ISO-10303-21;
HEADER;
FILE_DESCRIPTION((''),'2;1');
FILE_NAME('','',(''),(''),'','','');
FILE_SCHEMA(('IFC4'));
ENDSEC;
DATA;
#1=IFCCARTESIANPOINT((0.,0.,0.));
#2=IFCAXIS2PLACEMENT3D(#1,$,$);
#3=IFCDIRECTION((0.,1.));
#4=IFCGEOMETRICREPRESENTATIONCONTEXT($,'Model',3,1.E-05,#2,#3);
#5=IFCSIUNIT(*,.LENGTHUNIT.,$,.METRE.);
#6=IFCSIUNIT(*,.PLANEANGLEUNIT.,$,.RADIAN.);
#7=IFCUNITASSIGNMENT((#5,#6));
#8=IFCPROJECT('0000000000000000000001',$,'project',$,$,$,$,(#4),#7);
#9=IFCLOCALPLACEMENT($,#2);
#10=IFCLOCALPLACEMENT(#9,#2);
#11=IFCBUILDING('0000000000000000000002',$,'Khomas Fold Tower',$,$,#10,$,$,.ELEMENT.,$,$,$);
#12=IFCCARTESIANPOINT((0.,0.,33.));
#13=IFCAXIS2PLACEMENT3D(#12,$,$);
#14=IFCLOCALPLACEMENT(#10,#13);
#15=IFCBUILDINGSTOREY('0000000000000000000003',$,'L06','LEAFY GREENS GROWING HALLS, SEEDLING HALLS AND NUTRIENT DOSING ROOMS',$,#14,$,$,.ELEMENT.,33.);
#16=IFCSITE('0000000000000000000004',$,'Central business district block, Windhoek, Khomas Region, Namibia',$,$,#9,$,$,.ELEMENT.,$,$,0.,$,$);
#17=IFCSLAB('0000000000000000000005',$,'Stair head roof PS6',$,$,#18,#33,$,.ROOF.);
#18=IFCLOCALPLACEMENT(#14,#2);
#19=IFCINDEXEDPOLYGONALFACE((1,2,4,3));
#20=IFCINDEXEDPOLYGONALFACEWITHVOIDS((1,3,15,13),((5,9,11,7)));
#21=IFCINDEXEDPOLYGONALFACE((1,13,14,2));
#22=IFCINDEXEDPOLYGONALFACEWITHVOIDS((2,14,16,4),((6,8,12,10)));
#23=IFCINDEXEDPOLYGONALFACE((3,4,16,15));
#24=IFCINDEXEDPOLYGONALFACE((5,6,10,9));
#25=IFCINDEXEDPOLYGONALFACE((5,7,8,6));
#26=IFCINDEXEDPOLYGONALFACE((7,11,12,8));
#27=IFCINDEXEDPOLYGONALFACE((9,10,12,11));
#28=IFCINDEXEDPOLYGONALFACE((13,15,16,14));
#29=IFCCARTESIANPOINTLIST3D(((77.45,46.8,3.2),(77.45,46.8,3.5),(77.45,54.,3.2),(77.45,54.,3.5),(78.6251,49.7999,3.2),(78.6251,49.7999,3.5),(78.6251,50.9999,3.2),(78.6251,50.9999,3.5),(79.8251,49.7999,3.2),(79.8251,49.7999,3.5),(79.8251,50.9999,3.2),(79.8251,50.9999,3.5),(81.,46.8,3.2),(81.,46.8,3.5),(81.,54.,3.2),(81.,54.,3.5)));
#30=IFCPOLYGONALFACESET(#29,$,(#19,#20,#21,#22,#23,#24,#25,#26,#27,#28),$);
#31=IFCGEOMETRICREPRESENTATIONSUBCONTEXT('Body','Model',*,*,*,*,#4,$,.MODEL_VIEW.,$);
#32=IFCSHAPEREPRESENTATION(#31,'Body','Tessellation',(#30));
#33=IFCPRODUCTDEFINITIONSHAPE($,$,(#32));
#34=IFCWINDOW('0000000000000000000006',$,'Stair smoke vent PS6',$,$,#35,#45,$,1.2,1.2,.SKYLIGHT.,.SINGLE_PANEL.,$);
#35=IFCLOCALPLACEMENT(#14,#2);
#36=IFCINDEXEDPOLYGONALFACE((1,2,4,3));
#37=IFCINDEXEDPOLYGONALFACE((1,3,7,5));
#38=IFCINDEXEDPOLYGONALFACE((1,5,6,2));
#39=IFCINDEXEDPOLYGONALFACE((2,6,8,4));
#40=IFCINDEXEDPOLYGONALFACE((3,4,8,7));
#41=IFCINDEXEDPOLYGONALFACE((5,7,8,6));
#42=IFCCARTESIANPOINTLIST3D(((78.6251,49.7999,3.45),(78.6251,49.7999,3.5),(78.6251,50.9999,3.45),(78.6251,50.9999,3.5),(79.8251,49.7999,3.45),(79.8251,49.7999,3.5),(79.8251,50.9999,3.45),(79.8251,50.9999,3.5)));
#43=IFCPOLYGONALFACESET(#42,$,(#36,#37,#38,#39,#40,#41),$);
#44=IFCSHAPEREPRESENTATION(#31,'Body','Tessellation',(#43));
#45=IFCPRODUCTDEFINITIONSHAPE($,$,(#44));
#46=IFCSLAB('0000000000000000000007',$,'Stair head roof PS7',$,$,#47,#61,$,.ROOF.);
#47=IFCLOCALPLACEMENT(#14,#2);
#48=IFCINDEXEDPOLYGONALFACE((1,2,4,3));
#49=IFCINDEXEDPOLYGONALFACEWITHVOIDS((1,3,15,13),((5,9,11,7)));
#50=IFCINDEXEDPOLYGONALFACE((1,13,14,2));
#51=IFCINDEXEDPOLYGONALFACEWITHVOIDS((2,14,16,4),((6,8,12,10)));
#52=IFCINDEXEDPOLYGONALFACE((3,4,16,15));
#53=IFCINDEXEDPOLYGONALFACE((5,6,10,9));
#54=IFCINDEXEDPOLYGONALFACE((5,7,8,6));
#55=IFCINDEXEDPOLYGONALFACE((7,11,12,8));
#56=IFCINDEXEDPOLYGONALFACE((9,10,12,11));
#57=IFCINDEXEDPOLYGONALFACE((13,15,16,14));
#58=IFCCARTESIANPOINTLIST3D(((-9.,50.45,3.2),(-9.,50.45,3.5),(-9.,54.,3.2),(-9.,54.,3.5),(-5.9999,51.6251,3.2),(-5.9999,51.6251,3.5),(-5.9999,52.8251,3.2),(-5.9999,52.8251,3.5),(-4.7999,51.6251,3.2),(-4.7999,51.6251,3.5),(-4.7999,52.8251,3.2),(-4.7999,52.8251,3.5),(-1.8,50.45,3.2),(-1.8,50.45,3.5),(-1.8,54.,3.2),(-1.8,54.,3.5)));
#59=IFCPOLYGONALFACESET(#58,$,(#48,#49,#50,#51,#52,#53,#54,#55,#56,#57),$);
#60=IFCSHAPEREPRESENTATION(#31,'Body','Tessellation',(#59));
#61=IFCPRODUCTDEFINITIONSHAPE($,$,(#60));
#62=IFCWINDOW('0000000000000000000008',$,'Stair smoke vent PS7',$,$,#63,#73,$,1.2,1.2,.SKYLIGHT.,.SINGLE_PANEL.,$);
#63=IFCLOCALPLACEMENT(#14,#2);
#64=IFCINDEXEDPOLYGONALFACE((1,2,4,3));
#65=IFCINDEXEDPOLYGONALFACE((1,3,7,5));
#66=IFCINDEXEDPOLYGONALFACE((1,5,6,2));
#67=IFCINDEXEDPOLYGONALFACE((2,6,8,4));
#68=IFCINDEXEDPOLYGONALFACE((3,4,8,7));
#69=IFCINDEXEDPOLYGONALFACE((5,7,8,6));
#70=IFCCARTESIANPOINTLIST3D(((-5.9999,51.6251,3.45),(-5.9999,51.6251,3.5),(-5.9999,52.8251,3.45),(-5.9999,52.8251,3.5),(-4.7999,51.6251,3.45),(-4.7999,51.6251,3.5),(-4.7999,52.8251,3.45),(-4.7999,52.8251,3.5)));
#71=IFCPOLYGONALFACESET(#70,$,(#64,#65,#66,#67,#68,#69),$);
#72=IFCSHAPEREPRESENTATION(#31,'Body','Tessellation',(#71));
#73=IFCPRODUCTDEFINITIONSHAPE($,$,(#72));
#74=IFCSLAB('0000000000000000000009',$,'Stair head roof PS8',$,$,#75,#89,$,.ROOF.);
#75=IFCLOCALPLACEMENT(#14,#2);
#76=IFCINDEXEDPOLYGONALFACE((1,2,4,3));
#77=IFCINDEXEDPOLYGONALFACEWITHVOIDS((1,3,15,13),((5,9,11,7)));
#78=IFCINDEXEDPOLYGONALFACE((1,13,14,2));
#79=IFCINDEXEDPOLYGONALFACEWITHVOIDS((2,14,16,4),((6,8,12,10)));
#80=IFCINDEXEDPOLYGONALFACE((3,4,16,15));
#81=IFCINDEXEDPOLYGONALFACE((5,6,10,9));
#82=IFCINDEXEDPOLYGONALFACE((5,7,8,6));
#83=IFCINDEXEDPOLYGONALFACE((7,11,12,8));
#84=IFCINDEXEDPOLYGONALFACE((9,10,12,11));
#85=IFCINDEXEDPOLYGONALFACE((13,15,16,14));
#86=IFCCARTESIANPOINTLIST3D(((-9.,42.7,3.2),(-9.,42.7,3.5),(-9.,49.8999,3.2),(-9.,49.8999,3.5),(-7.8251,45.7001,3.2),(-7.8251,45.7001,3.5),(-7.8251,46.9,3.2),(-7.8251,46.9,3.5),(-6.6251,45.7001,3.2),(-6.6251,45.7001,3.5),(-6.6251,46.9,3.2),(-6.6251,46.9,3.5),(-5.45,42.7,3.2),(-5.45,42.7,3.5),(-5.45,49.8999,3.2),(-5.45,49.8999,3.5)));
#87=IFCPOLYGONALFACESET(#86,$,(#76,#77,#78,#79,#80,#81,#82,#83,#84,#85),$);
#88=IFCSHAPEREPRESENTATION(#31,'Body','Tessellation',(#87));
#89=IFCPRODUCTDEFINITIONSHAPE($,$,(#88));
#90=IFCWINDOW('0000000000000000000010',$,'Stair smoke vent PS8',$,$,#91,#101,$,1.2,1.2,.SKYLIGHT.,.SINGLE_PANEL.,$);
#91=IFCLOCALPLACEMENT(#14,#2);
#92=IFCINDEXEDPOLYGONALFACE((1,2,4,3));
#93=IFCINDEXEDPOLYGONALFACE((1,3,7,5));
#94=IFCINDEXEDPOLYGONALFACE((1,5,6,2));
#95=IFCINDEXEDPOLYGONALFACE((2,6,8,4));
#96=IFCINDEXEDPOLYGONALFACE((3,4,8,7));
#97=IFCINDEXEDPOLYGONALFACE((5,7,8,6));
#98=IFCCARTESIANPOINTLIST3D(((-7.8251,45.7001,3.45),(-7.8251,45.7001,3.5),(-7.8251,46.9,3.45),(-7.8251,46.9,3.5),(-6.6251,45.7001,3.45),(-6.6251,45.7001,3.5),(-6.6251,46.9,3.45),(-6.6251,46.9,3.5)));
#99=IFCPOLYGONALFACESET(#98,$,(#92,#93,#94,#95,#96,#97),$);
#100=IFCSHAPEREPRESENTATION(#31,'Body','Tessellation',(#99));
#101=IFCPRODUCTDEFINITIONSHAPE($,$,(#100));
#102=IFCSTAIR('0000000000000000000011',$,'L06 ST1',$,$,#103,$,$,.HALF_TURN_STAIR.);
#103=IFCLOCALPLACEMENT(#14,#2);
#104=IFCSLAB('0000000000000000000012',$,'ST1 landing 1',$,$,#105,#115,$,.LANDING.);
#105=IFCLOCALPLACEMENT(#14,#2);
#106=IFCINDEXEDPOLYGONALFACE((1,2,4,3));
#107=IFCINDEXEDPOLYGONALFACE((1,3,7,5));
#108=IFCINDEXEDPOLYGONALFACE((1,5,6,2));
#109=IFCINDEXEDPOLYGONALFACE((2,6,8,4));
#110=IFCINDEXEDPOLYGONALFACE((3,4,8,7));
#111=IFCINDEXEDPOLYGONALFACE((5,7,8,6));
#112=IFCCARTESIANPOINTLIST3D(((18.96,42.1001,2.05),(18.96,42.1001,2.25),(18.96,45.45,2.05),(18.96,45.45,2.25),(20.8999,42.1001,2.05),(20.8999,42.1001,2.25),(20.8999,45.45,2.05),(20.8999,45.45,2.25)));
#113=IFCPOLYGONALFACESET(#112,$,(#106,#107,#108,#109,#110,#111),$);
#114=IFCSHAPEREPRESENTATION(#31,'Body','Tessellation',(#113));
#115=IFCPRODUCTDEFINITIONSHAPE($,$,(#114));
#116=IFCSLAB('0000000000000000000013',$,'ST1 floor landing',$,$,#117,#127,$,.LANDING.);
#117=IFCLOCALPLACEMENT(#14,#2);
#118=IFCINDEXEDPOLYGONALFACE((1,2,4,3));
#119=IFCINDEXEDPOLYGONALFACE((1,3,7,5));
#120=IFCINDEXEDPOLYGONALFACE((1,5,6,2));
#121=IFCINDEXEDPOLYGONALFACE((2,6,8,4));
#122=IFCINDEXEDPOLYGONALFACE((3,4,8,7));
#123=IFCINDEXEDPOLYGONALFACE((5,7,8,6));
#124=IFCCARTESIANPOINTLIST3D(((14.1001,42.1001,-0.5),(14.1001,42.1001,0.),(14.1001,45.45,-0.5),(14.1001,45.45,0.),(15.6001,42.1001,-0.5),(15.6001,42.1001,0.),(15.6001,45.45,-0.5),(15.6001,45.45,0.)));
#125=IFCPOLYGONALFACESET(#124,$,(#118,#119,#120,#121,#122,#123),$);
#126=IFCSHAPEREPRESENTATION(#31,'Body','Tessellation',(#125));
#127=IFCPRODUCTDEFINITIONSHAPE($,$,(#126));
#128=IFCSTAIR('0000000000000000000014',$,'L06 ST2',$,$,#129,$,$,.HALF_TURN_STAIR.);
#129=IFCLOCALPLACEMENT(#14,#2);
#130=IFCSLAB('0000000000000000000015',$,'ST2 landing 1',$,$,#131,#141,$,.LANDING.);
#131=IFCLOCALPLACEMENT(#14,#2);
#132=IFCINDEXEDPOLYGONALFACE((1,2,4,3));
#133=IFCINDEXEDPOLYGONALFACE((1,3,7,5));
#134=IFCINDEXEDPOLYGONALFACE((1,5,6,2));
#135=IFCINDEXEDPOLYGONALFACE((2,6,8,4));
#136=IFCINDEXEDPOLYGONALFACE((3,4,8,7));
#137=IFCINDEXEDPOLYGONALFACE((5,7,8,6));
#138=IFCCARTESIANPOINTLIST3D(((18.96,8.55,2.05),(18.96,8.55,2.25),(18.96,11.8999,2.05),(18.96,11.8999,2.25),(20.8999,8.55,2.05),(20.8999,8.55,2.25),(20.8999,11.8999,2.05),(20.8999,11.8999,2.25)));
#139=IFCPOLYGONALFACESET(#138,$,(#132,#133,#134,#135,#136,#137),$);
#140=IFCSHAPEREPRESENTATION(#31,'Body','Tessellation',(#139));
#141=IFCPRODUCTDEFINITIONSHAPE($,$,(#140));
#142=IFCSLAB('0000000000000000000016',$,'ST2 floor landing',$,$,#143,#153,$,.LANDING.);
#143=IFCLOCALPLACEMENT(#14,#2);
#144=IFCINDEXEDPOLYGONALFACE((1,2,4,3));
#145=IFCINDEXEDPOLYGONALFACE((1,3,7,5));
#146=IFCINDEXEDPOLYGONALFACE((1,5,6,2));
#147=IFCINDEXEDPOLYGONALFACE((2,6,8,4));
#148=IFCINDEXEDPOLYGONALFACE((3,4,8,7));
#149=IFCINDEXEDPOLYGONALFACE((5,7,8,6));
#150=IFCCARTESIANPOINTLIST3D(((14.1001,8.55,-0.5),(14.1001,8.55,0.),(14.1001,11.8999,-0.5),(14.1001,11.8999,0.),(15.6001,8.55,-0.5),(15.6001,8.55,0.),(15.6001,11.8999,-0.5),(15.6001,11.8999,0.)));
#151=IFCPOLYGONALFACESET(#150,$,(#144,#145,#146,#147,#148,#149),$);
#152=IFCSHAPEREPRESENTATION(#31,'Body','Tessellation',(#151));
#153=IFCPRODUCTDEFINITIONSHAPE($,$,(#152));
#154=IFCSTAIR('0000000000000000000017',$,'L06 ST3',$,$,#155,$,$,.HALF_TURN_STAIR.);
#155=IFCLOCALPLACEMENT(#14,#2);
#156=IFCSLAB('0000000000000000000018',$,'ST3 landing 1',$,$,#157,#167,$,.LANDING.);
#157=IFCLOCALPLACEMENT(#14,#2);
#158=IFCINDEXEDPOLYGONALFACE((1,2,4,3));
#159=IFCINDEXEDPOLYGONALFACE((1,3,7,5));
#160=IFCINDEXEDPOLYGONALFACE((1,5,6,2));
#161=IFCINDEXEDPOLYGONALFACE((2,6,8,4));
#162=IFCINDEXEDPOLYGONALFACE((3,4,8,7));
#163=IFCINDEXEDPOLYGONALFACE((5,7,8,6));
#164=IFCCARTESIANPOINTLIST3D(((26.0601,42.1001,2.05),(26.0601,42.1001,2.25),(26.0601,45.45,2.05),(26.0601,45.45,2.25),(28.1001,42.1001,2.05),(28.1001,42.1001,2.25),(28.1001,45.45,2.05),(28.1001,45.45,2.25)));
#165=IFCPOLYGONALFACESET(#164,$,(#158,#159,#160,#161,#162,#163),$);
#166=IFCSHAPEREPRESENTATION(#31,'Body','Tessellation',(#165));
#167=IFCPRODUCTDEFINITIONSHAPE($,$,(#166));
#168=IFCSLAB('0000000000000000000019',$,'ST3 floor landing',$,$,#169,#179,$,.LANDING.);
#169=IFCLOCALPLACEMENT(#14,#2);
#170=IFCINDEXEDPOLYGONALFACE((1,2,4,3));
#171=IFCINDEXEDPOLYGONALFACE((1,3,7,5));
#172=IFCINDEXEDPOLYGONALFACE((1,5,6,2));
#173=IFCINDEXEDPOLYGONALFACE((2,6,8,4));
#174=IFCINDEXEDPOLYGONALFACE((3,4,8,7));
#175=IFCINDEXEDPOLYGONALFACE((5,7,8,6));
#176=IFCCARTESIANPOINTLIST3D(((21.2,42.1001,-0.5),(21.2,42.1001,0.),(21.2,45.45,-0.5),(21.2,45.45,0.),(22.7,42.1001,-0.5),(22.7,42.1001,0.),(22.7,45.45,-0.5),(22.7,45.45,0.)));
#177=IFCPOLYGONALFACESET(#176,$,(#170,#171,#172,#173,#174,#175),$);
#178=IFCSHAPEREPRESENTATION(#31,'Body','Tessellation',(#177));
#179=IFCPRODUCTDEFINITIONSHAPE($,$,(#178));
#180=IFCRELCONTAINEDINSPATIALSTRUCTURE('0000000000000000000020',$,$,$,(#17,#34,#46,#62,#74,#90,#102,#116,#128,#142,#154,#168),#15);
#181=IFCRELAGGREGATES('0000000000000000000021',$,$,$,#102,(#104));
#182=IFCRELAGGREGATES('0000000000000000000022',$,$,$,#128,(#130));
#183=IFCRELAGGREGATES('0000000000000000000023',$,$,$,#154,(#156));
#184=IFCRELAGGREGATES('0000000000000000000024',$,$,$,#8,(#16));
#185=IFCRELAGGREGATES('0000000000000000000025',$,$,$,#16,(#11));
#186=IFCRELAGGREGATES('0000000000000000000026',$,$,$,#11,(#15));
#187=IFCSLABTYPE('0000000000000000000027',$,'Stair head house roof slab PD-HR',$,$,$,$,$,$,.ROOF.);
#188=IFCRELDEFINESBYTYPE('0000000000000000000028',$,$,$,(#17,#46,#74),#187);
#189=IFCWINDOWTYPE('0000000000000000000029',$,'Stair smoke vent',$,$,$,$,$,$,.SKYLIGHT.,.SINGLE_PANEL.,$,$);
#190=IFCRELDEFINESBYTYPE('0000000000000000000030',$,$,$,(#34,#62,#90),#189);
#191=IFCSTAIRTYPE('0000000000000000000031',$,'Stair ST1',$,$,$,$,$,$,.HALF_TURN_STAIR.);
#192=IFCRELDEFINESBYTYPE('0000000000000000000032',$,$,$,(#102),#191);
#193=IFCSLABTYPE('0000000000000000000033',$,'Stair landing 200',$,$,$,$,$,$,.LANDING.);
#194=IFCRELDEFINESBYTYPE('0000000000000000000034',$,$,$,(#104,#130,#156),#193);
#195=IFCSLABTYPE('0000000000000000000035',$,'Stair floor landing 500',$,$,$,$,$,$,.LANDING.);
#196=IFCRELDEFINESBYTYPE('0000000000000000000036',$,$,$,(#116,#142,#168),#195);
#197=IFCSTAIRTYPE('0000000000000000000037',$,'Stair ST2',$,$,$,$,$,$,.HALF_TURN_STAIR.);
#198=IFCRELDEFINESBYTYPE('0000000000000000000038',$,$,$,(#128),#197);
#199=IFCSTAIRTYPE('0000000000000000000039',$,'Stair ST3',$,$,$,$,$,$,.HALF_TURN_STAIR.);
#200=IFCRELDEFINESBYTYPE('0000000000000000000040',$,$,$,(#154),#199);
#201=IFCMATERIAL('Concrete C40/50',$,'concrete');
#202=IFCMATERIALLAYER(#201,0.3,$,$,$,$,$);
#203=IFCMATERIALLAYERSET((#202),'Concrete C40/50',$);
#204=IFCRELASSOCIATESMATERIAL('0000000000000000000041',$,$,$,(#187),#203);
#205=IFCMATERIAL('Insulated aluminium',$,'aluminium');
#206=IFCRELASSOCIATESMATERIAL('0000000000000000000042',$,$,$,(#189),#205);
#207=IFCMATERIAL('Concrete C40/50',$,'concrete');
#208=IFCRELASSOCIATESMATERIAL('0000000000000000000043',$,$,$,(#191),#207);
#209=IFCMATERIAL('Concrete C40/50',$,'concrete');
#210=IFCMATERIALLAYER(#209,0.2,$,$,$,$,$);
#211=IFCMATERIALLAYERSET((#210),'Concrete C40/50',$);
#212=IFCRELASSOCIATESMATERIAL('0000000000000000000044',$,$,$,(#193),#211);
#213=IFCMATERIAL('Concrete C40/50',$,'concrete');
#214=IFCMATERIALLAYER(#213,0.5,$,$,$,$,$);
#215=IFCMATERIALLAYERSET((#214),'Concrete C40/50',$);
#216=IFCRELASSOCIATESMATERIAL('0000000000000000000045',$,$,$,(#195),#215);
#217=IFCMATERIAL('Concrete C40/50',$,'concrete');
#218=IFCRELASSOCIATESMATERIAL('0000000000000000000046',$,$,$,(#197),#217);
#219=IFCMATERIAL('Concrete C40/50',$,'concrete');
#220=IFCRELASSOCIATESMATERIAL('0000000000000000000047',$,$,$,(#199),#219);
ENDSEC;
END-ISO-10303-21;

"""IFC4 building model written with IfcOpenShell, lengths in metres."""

from ifc_helpers import new_model, si_unit, direction, frame, origin, origin_2d, place, context, subcontext, project, spatial, polyline, rectangle, outline, extrude, source, transform, mapped, material, layer, layer_set, type_object, element, fill, aggregate, save


model = new_model("IFC4")

# Units and contexts
model_context = context("Model", 3, precision=1e-05, world=origin(), true_north=direction((0.0, 1.0)))
body_context = subcontext(model_context, "Body", "Model", "MODEL_VIEW")
ifc_project = project(units=[si_unit("LENGTHUNIT", "METRE"), si_unit("PLANEANGLEUNIT", "RADIAN")], contexts=[model_context])

# Site, building, storey
site_placement = place(None, origin())
site = spatial("IfcSite", under=ifc_project, at=site_placement, Name="Central business district block, Windhoek, Khomas Region, Namibia", CompositionType="ELEMENT", RefElevation=0.0)
building_placement = place(site_placement, origin())
building = spatial("IfcBuilding", under=site, at=building_placement, Name="Khomas Fold Tower", CompositionType="ELEMENT")
storey_placement = place(building_placement, frame((0.0, 0.0, 33.0)))
storey = spatial("IfcBuildingStorey", under=building, at=storey_placement, Name="L06", Description="LEAFY GREENS GROWING HALLS, SEEDLING HALLS AND NUTRIENT DOSING ROOMS", CompositionType="ELEMENT", Elevation=33.0)

# Slabs, openings, windows
ifc_material_1 = material(Name="Concrete C40/50", Category="concrete")
ifc_layer_1 = layer(ifc_material_1, 0.3)
ifc_layer_set_1 = layer_set([ifc_layer_1], Name="Concrete C40/50")
slab_type_1 = type_object("IfcSlabType", Name="Stair head house roof slab PD-HR", PredefinedType="ROOF", material=ifc_layer_set_1)
shared_shape_1 = source(origin(), body_context, "Body", "SweptSolid", [
    extrude(outline(polyline([(77.45, 46.8), (81.0, 46.8), (81.0, 54.0), (77.45, 54.0), (77.45, 46.8)])), origin(), (0.0, 0.0, 1.0), 0.3),
])
slab_1_placement = place(storey_placement, frame((0.0, 0.0, 3.2)))
slab_1 = element("IfcSlab", 1, at=slab_1_placement, inside=storey, type_object=slab_type_1, Name="Stair head roof PS6", PredefinedType="ROOF", context=body_context, shape_type="MappedRepresentation", body=[
    mapped(shared_shape_1, transform((0.0, 0.0, 0.0))),
])
opening_1_placement = place(slab_1_placement, frame((79.2251, 50.3999, 0.0)))
opening_1 = element("IfcOpeningElement", 2, at=opening_1_placement, cuts=slab_1, PredefinedType="OPENING", context=body_context, shape_type="SweptSolid", body=[
    extrude(rectangle(XDim=1.2, YDim=1.2, at=origin_2d()), origin(), (0.0, 0.0, 1.0), 0.3),
])
ifc_material_2 = material(Name="Insulated aluminium", Category="aluminium")
window_type = type_object("IfcWindowType", Name="Stair smoke vent", PartitioningType="SINGLE_PANEL", PredefinedType="SKYLIGHT", material=ifc_material_2)
window_1_placement = place(opening_1_placement, frame((0.0, 0.0, 0.25)))
window_1 = element("IfcWindow", 3, at=window_1_placement, inside=storey, type_object=window_type, Name="Stair smoke vent PS6", OverallHeight=1.2, OverallWidth=1.2, PartitioningType="SINGLE_PANEL", PredefinedType="SKYLIGHT", context=body_context, shape_type="SweptSolid", body=[
    extrude(rectangle(XDim=1.2, YDim=1.2, at=origin_2d()), origin(), (0.0, 0.0, 1.0), 0.05),
])
fill(opening_1, window_1)
shared_shape_2 = source(origin(), body_context, "Body", "SweptSolid", [
    extrude(outline(polyline([(-9.0, 50.45), (-1.8, 50.45), (-1.8, 54.0), (-9.0, 54.0), (-9.0, 50.45)])), origin(), (0.0, 0.0, 1.0), 0.3),
])
slab_2_placement = place(storey_placement, frame((0.0, 0.0, 3.2)))
slab_2 = element("IfcSlab", 4, at=slab_2_placement, inside=storey, type_object=slab_type_1, Name="Stair head roof PS7", PredefinedType="ROOF", context=body_context, shape_type="MappedRepresentation", body=[
    mapped(shared_shape_2, transform((0.0, 0.0, 0.0))),
])
opening_2_placement = place(slab_2_placement, frame((-5.3999, 52.2251, 0.0)))
opening_2 = element("IfcOpeningElement", 5, at=opening_2_placement, cuts=slab_2, PredefinedType="OPENING", context=body_context, shape_type="SweptSolid", body=[
    extrude(rectangle(XDim=1.2, YDim=1.2, at=origin_2d()), origin(), (0.0, 0.0, 1.0), 0.3),
])
window_2_placement = place(opening_2_placement, frame((0.0, 0.0, 0.25)))
window_2 = element("IfcWindow", 6, at=window_2_placement, inside=storey, type_object=window_type, Name="Stair smoke vent PS7", OverallHeight=1.2, OverallWidth=1.2, PartitioningType="SINGLE_PANEL", PredefinedType="SKYLIGHT", context=body_context, shape_type="SweptSolid", body=[
    extrude(rectangle(XDim=1.2, YDim=1.2, at=origin_2d()), origin(), (0.0, 0.0, 1.0), 0.05),
])
fill(opening_2, window_2)
shared_shape_3 = source(origin(), body_context, "Body", "SweptSolid", [
    extrude(outline(polyline([(-9.0, 42.7), (-5.45, 42.7), (-5.45, 49.8999), (-9.0, 49.8999), (-9.0, 42.7)])), origin(), (0.0, 0.0, 1.0), 0.3),
])
slab_3_placement = place(storey_placement, frame((0.0, 0.0, 3.2)))
slab_3 = element("IfcSlab", 7, at=slab_3_placement, inside=storey, type_object=slab_type_1, Name="Stair head roof PS8", PredefinedType="ROOF", context=body_context, shape_type="MappedRepresentation", body=[
    mapped(shared_shape_3, transform((0.0, 0.0, 0.0))),
])
opening_3_placement = place(slab_3_placement, frame((-7.2251, 46.3, 0.0)))
opening_3 = element("IfcOpeningElement", 8, at=opening_3_placement, cuts=slab_3, PredefinedType="OPENING", context=body_context, shape_type="SweptSolid", body=[
    extrude(rectangle(XDim=1.2, YDim=1.2, at=origin_2d()), origin(), (0.0, 0.0, 1.0), 0.3),
])
window_3_placement = place(opening_3_placement, frame((0.0, 0.0, 0.25)))
window_3 = element("IfcWindow", 9, at=window_3_placement, inside=storey, type_object=window_type, Name="Stair smoke vent PS8", OverallHeight=1.2, OverallWidth=1.2, PartitioningType="SINGLE_PANEL", PredefinedType="SKYLIGHT", context=body_context, shape_type="SweptSolid", body=[
    extrude(rectangle(XDim=1.2, YDim=1.2, at=origin_2d()), origin(), (0.0, 0.0, 1.0), 0.05),
])
fill(opening_3, window_3)

# Stair, slab
ifc_material_3 = material(Name="Concrete C40/50", Category="concrete")
stair_type_1 = type_object("IfcStairType", Name="Stair ST1", PredefinedType="HALF_TURN_STAIR", material=ifc_material_3)
stair_1_placement = place(storey_placement, origin())
stair_1 = element("IfcStair", 10, at=stair_1_placement, inside=storey, type_object=stair_type_1, Name="L06 ST1", PredefinedType="HALF_TURN_STAIR")
ifc_material_4 = material(Name="Concrete C40/50", Category="concrete")
ifc_layer_2 = layer(ifc_material_4, 0.2)
ifc_layer_set_2 = layer_set([ifc_layer_2], Name="Concrete C40/50")
slab_type_2 = type_object("IfcSlabType", Name="Stair landing 200", PredefinedType="LANDING", material=ifc_layer_set_2)
shared_shape_4 = source(origin(), body_context, "Body", "SweptSolid", [
    extrude(outline(polyline([(18.96, 42.1001), (20.8999, 42.1001), (20.8999, 45.45), (18.96, 45.45), (18.96, 42.1001)])), origin(), (0.0, 0.0, 1.0), 0.2),
])
slab_4_placement = place(storey_placement, frame((0.0, 0.0, 2.05)))
slab_4 = element("IfcSlab", 11, at=slab_4_placement, type_object=slab_type_2, Name="ST1 landing 1", PredefinedType="LANDING", context=body_context, shape_type="MappedRepresentation", body=[
    mapped(shared_shape_4, transform((0.0, 0.0, 0.0))),
])
aggregate(stair_1, [slab_4])

# Slab
ifc_material_5 = material(Name="Concrete C40/50", Category="concrete")
ifc_layer_3 = layer(ifc_material_5, 0.5)
ifc_layer_set_3 = layer_set([ifc_layer_3], Name="Concrete C40/50")
slab_type_3 = type_object("IfcSlabType", Name="Stair floor landing 500", PredefinedType="LANDING", material=ifc_layer_set_3)
shared_shape_5 = source(origin(), body_context, "Body", "SweptSolid", [
    extrude(outline(polyline([(14.1001, 45.45), (15.6001, 45.45), (15.6001, 42.1001), (14.1001, 42.1001), (14.1001, 45.45)])), origin(), (0.0, 0.0, 1.0), 0.5),
])
slab_5_placement = place(storey_placement, frame((0.0, 0.0, -0.5)))
element("IfcSlab", 12, at=slab_5_placement, inside=storey, type_object=slab_type_3, Name="ST1 floor landing", PredefinedType="LANDING", context=body_context, shape_type="MappedRepresentation", body=[
    mapped(shared_shape_5, transform((0.0, 0.0, 0.0))),
])

# Stair, slab
ifc_material_6 = material(Name="Concrete C40/50", Category="concrete")
stair_type_2 = type_object("IfcStairType", Name="Stair ST2", PredefinedType="HALF_TURN_STAIR", material=ifc_material_6)
stair_2_placement = place(storey_placement, origin())
stair_2 = element("IfcStair", 13, at=stair_2_placement, inside=storey, type_object=stair_type_2, Name="L06 ST2", PredefinedType="HALF_TURN_STAIR")
shared_shape_6 = source(origin(), body_context, "Body", "SweptSolid", [
    extrude(outline(polyline([(18.96, 8.55), (20.8999, 8.55), (20.8999, 11.8999), (18.96, 11.8999), (18.96, 8.55)])), origin(), (0.0, 0.0, 1.0), 0.2),
])
slab_6_placement = place(storey_placement, frame((0.0, 0.0, 2.05)))
slab_6 = element("IfcSlab", 14, at=slab_6_placement, type_object=slab_type_2, Name="ST2 landing 1", PredefinedType="LANDING", context=body_context, shape_type="MappedRepresentation", body=[
    mapped(shared_shape_6, transform((0.0, 0.0, 0.0))),
])
aggregate(stair_2, [slab_6])

# Slab
shared_shape_7 = source(origin(), body_context, "Body", "SweptSolid", [
    extrude(outline(polyline([(14.1001, 11.8999), (15.6001, 11.8999), (15.6001, 8.55), (14.1001, 8.55), (14.1001, 11.8999)])), origin(), (0.0, 0.0, 1.0), 0.5),
])
slab_7_placement = place(storey_placement, frame((0.0, 0.0, -0.5)))
element("IfcSlab", 15, at=slab_7_placement, inside=storey, type_object=slab_type_3, Name="ST2 floor landing", PredefinedType="LANDING", context=body_context, shape_type="MappedRepresentation", body=[
    mapped(shared_shape_7, transform((0.0, 0.0, 0.0))),
])

# Stair, slab
ifc_material_7 = material(Name="Concrete C40/50", Category="concrete")
stair_type_3 = type_object("IfcStairType", Name="Stair ST3", PredefinedType="HALF_TURN_STAIR", material=ifc_material_7)
stair_3_placement = place(storey_placement, origin())
stair_3 = element("IfcStair", 16, at=stair_3_placement, inside=storey, type_object=stair_type_3, Name="L06 ST3", PredefinedType="HALF_TURN_STAIR")
shared_shape_8 = source(origin(), body_context, "Body", "SweptSolid", [
    extrude(outline(polyline([(26.0601, 42.1001), (28.1001, 42.1001), (28.1001, 45.45), (26.0601, 45.45), (26.0601, 42.1001)])), origin(), (0.0, 0.0, 1.0), 0.2),
])
slab_8_placement = place(storey_placement, frame((0.0, 0.0, 2.05)))
slab_8 = element("IfcSlab", 17, at=slab_8_placement, type_object=slab_type_2, Name="ST3 landing 1", PredefinedType="LANDING", context=body_context, shape_type="MappedRepresentation", body=[
    mapped(shared_shape_8, transform((0.0, 0.0, 0.0))),
])
aggregate(stair_3, [slab_8])

# Slab
shared_shape_9 = source(origin(), body_context, "Body", "SweptSolid", [
    extrude(outline(polyline([(21.2, 45.45), (22.7, 45.45), (22.7, 42.1001), (21.2, 42.1001), (21.2, 45.45)])), origin(), (0.0, 0.0, 1.0), 0.5),
])
slab_9_placement = place(storey_placement, frame((0.0, 0.0, -0.5)))
element("IfcSlab", 18, at=slab_9_placement, inside=storey, type_object=slab_type_3, Name="ST3 floor landing", PredefinedType="LANDING", context=body_context, shape_type="MappedRepresentation", body=[
    mapped(shared_shape_9, transform((0.0, 0.0, 0.0))),
])

save(model, "model.ifc")
